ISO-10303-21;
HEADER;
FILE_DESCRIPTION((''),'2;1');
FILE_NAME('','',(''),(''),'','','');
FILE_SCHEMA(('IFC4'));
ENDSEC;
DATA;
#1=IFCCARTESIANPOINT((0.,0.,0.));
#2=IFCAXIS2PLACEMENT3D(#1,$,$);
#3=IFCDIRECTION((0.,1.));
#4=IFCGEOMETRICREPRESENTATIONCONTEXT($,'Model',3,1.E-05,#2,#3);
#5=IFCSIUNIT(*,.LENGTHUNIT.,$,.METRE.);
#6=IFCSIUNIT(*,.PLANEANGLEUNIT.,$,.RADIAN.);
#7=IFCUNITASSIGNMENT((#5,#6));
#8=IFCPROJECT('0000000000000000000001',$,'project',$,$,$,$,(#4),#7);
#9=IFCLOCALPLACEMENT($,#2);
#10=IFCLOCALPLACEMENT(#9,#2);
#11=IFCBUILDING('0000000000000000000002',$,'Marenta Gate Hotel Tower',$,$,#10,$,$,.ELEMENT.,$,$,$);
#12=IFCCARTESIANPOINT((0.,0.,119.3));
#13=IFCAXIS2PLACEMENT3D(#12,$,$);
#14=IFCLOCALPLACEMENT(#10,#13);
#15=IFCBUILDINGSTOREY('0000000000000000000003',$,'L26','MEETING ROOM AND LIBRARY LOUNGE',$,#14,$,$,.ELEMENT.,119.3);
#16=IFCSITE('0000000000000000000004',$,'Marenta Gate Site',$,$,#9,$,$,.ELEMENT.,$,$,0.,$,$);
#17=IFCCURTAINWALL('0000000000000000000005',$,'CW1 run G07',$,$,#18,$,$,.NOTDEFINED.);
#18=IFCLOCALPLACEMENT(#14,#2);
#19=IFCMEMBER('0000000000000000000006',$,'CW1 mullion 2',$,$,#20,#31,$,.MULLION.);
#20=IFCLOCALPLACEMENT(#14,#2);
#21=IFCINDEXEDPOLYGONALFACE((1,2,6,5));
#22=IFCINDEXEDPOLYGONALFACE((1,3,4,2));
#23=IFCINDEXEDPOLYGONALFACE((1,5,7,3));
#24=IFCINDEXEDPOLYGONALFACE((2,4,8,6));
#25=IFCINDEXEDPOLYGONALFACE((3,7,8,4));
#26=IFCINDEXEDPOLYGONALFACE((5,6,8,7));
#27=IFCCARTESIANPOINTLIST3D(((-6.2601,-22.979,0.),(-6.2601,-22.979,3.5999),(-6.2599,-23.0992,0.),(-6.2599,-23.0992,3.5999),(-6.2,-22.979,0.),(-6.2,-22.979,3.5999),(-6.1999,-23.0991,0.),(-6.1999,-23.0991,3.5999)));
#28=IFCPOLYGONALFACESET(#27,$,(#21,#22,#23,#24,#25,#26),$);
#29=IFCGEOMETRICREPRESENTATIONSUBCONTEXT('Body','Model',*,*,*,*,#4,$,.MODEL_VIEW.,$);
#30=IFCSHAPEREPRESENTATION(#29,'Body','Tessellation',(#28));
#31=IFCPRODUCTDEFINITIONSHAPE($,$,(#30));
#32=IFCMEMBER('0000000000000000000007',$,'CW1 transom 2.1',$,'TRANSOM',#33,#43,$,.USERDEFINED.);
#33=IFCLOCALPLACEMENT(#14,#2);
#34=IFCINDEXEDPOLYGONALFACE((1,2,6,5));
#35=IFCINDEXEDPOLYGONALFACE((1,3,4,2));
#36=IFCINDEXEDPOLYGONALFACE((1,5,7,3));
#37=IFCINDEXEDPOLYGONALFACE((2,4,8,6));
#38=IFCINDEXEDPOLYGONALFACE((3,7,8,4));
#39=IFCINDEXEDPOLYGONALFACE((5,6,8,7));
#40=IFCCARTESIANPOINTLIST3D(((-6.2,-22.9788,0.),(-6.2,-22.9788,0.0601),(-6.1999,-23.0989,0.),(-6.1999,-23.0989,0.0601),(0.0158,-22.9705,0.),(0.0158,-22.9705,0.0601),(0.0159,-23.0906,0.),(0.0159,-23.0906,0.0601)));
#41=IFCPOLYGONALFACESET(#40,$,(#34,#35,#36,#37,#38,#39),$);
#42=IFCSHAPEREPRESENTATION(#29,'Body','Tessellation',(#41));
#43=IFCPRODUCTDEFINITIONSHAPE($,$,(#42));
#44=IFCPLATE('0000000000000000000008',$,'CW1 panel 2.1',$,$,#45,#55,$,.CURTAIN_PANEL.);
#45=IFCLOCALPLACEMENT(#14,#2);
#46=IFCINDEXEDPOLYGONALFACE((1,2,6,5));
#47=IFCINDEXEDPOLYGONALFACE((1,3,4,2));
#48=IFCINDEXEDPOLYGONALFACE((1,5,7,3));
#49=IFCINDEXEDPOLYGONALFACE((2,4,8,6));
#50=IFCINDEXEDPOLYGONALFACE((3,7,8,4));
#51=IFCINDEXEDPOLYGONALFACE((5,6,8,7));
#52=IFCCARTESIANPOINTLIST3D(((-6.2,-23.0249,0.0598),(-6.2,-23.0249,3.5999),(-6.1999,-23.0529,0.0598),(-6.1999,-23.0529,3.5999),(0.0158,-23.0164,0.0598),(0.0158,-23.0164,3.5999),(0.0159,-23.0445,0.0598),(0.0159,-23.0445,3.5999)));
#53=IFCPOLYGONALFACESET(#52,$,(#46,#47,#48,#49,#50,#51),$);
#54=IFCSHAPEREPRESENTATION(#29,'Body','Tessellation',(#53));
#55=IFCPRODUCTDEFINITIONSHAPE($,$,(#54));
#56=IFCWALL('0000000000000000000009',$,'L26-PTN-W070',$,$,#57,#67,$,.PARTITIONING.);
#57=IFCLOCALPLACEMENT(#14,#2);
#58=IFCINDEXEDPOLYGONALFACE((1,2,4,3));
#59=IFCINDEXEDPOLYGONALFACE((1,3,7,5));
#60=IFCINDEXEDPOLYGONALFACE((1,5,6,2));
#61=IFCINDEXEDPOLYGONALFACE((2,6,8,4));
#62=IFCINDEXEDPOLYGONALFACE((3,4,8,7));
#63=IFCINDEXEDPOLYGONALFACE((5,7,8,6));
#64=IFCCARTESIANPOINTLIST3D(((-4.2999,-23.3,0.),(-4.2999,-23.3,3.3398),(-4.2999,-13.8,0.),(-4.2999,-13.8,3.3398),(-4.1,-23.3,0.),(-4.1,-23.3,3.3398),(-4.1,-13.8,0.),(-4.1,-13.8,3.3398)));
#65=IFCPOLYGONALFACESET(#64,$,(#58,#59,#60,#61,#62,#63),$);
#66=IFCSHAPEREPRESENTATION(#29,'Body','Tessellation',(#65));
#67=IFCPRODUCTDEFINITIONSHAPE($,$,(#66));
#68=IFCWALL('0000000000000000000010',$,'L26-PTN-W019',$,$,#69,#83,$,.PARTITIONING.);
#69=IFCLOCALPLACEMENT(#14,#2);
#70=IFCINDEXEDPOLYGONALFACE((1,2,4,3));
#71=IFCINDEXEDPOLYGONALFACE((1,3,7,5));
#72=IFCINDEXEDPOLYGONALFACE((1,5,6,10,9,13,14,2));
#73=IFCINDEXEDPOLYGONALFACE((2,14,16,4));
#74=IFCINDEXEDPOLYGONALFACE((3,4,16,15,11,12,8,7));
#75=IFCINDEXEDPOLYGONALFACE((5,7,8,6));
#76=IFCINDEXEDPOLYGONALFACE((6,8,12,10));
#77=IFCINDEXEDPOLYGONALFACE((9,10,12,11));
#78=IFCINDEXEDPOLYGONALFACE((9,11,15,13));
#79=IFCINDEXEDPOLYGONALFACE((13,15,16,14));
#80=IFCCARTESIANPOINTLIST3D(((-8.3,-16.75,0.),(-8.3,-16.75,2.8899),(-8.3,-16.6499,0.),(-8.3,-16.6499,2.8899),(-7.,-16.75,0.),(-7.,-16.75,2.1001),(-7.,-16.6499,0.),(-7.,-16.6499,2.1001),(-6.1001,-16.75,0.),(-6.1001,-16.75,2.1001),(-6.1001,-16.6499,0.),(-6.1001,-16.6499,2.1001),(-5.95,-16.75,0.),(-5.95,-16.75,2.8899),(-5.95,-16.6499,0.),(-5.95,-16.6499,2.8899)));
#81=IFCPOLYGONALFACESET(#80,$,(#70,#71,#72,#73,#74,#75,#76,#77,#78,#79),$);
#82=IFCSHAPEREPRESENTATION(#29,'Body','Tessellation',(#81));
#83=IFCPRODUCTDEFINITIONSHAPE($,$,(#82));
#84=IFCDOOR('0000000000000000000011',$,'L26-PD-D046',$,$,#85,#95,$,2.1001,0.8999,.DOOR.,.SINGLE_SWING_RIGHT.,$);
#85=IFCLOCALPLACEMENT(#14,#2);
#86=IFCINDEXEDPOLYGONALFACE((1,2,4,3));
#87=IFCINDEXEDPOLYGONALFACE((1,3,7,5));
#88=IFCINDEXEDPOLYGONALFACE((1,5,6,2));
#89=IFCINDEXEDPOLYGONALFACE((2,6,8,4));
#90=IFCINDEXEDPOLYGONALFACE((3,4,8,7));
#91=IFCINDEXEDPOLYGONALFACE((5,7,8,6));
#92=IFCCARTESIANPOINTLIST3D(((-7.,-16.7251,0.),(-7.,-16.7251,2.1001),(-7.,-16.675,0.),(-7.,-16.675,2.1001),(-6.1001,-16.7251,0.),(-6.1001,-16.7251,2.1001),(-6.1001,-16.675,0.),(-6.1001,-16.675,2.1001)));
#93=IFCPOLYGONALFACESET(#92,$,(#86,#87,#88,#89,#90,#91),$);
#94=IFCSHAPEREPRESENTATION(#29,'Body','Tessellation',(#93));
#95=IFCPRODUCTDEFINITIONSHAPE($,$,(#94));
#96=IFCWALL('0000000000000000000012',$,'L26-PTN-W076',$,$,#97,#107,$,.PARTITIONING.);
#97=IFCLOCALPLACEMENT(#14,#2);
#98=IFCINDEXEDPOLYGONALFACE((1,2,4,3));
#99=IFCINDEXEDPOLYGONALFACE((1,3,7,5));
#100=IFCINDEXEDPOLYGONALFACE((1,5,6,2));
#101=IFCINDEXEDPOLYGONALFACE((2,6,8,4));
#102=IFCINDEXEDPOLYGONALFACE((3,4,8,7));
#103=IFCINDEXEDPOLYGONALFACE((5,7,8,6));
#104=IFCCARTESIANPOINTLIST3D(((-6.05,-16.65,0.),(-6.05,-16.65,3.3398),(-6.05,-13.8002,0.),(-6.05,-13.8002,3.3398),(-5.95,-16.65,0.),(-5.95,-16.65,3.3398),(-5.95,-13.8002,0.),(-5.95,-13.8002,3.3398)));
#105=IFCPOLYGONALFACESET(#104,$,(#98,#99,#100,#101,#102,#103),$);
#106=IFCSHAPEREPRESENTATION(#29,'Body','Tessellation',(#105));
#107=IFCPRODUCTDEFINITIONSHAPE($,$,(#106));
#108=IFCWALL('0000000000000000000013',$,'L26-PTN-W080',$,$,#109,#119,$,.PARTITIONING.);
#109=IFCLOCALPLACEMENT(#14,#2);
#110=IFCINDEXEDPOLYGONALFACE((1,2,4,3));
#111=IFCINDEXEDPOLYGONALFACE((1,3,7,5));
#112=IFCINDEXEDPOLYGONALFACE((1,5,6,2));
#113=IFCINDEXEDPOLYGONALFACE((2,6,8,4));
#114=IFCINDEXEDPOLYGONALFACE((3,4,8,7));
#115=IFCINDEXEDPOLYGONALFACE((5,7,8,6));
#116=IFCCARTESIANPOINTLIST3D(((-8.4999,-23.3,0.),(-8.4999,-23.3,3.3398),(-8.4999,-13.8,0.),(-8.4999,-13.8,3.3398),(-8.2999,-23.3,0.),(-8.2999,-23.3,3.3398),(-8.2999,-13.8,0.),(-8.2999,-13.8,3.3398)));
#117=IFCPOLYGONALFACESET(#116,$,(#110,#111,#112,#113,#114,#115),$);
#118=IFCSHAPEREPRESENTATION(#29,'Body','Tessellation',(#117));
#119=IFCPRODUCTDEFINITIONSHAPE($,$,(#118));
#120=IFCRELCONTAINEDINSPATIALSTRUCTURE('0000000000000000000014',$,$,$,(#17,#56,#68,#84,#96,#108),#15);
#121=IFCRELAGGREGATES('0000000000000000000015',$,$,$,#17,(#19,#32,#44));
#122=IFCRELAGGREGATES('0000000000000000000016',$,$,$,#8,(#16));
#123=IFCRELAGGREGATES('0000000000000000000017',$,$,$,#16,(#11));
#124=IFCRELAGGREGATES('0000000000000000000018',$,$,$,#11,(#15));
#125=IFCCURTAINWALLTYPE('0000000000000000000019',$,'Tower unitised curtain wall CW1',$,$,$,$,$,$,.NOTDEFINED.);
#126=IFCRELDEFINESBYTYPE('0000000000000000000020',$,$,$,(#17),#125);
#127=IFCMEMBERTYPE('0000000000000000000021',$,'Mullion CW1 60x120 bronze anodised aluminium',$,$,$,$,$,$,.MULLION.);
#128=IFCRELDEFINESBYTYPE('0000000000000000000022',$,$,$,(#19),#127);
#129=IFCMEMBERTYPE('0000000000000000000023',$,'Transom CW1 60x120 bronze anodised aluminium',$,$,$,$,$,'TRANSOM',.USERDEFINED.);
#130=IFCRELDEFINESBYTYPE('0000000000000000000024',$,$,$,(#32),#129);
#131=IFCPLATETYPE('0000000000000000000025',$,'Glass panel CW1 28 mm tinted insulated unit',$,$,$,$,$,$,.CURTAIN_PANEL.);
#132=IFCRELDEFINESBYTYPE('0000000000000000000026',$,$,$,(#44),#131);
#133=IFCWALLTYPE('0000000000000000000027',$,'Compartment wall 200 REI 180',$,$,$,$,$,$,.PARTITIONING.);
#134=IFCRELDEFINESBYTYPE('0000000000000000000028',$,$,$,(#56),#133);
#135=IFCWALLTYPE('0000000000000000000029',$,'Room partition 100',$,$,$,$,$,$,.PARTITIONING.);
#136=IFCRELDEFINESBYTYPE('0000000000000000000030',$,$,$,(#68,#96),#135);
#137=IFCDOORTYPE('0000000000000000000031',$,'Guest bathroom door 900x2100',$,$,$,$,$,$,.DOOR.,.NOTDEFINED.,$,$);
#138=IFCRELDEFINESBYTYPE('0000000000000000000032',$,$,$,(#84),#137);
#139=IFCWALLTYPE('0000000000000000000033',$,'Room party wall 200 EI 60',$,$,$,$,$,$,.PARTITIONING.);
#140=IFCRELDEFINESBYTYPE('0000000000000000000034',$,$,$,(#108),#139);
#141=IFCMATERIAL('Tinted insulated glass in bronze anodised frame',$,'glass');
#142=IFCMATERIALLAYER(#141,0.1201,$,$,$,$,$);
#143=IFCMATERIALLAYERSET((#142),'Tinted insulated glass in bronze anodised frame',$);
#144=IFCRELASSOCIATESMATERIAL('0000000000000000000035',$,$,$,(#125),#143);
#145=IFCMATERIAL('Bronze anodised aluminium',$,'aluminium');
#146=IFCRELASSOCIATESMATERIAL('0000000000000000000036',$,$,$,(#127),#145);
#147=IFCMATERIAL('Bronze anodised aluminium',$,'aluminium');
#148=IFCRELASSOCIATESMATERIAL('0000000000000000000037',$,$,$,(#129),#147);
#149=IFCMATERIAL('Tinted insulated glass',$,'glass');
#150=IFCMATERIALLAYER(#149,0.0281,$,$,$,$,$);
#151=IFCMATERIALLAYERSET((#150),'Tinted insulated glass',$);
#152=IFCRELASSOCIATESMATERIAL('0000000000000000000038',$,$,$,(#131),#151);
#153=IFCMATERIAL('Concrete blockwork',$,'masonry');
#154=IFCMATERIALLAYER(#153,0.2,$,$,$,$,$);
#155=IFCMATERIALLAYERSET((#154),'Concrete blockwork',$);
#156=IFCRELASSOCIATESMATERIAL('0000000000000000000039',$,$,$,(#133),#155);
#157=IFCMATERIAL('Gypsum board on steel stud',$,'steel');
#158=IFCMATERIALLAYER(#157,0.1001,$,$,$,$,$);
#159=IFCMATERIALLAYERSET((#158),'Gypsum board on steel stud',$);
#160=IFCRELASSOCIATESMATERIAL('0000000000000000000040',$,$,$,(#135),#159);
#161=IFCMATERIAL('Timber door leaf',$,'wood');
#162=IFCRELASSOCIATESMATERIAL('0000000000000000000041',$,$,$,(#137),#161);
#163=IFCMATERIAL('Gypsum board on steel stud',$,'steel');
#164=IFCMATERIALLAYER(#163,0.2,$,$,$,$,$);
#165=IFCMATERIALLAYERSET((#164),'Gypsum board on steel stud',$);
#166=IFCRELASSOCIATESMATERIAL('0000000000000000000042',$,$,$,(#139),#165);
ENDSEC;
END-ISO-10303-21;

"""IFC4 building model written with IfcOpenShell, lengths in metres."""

from ifc_helpers import new_model, si_unit, direction, frame, frame_2d, origin, origin_2d, place, context, subcontext, project, spatial, rectangle, extrude, material, layer, layer_set, material_profile, profile_set, type_object, element, fill, aggregate, save


model = new_model("IFC4")

# Units and contexts
model_context = context("Model", 3, precision=1e-05, world=origin(), true_north=direction((0.0, 1.0)))
body_context = subcontext(model_context, "Body", "Model", "MODEL_VIEW")
ifc_project = project(units=[si_unit("LENGTHUNIT", "METRE"), si_unit("PLANEANGLEUNIT", "RADIAN")], contexts=[model_context])

# Site, building, storey
site_placement = place(None, origin())
site = spatial("IfcSite", under=ifc_project, at=site_placement, Name="Marenta Gate Site", CompositionType="ELEMENT", RefElevation=0.0)
building_placement = place(site_placement, origin())
building = spatial("IfcBuilding", under=site, at=building_placement, Name="Marenta Gate Hotel Tower", CompositionType="ELEMENT")
storey_placement = place(building_placement, frame((0.0, 0.0, 119.3)))
storey = spatial("IfcBuildingStorey", under=building, at=storey_placement, Name="L26", Description="MEETING ROOM AND LIBRARY LOUNGE", CompositionType="ELEMENT", Elevation=119.3)

# Curtain wall, members, plate
ifc_material_1 = material(Name="Tinted insulated glass in bronze anodised frame", Category="glass")
ifc_layer_1 = layer(ifc_material_1, 0.1201)
ifc_layer_set_1 = layer_set([ifc_layer_1], Name="Tinted insulated glass in bronze anodised frame")
curtain_wall_type = type_object("IfcCurtainWallType", Name="Tower unitised curtain wall CW1", PredefinedType="NOTDEFINED", material=ifc_layer_set_1)
curtain_wall_placement = place(storey_placement, origin())
curtain_wall = element("IfcCurtainWall", 1, at=curtain_wall_placement, inside=storey, type_object=curtain_wall_type, Name="CW1 run G07", PredefinedType="NOTDEFINED")
ifc_material_2 = material(Name="Bronze anodised aluminium", Category="aluminium")
ifc_material_profile_1 = material_profile(ifc_material_2, rectangle(XDim=0.1201, YDim=0.0601, at=origin_2d()), Name="Mullion CW1 60x120 bronze anodised aluminium")
ifc_profile_set_1 = profile_set([ifc_material_profile_1], Name="Bronze anodised aluminium")
member_type_1 = type_object("IfcMemberType", Name="Mullion CW1 60x120 bronze anodised aluminium", PredefinedType="MULLION", material=ifc_profile_set_1)
member_1_placement = place(storey_placement, frame((-6.23, -23.0391, 0.0), z_axis=(0.0, 0.0, 1.0), x_axis=(-0.001362, 0.999999, 0.0)))
member_1 = element("IfcMember", 2, at=member_1_placement, type_object=member_type_1, Name="CW1 mullion 2", PredefinedType="MULLION", context=body_context, shape_type="SweptSolid", body=[
    extrude(rectangle(XDim=0.1201, YDim=0.0601, at=origin_2d()), origin(), (0.0, 0.0, 1.0), 3.5999),
])
ifc_material_3 = material(Name="Bronze anodised aluminium", Category="aluminium")
ifc_material_profile_2 = material_profile(ifc_material_3, rectangle(XDim=0.1201, YDim=0.0601, at=origin_2d()), Name="Transom CW1 60x120 bronze anodised aluminium")
ifc_profile_set_2 = profile_set([ifc_material_profile_2], Name="Bronze anodised aluminium")
member_type_2 = type_object("IfcMemberType", Name="Transom CW1 60x120 bronze anodised aluminium", ElementType="TRANSOM", PredefinedType="USERDEFINED", material=ifc_profile_set_2)
member_2_placement = place(storey_placement, frame((-6.2, -23.0388, 0.03), z_axis=(0.999999, 0.001335, 0.0), x_axis=(-0.001335, 0.999999, 0.0)))
member_2 = element("IfcMember", 3, at=member_2_placement, type_object=member_type_2, Name="CW1 transom 2.1", ObjectType="TRANSOM", PredefinedType="USERDEFINED", context=body_context, shape_type="SweptSolid", body=[
    extrude(rectangle(XDim=0.1201, YDim=0.0601, at=origin_2d()), origin(), (0.0, 0.0, 1.0), 6.2158),
])
ifc_material_4 = material(Name="Tinted insulated glass", Category="glass")
ifc_layer_2 = layer(ifc_material_4, 0.0281)
ifc_layer_set_2 = layer_set([ifc_layer_2], Name="Tinted insulated glass")
plate_type = type_object("IfcPlateType", Name="Glass panel CW1 28 mm tinted insulated unit", PredefinedType="CURTAIN_PANEL", material=ifc_layer_set_2)
plate_placement = place(storey_placement, frame((-3.092, -23.0347, 0.0598), z_axis=(0.0, 0.0, 1.0), x_axis=(0.999999, 0.001362, 0.0)))
plate = element("IfcPlate", 4, at=plate_placement, type_object=plate_type, Name="CW1 panel 2.1", PredefinedType="CURTAIN_PANEL", context=body_context, shape_type="SweptSolid", body=[
    extrude(rectangle(XDim=6.2158, YDim=0.0281, at=origin_2d()), origin(), (0.0, 0.0, 1.0), 3.54),
])
aggregate(curtain_wall, [member_1, member_2, plate])

# Wall
ifc_material_5 = material(Name="Concrete blockwork", Category="masonry")
ifc_layer_3 = layer(ifc_material_5, 0.2)
ifc_layer_set_3 = layer_set([ifc_layer_3], Name="Concrete blockwork")
wall_type_1 = type_object("IfcWallType", Name="Compartment wall 200 REI 180", PredefinedType="PARTITIONING", material=ifc_layer_set_3)
wall_1_placement = place(storey_placement, frame((-4.2, -23.3, 0.0), z_axis=(0.0, 0.0, 1.0), x_axis=(0.0, 1.0, 0.0)))
element("IfcWall", 5, at=wall_1_placement, inside=storey, type_object=wall_type_1, Name="L26-PTN-W070", PredefinedType="PARTITIONING", context=body_context, shape_type="SweptSolid", body=[
    extrude(rectangle(XDim=9.5, YDim=0.2, at=frame_2d((4.75, 0.0))), origin(), (0.0, 0.0, 1.0), 3.3398),
])

# Wall, opening, door
ifc_material_6 = material(Name="Gypsum board on steel stud", Category="steel")
ifc_layer_4 = layer(ifc_material_6, 0.1001)
ifc_layer_set_4 = layer_set([ifc_layer_4], Name="Gypsum board on steel stud")
wall_type_2 = type_object("IfcWallType", Name="Room partition 100", PredefinedType="PARTITIONING", material=ifc_layer_set_4)
wall_2_placement = place(storey_placement, frame((-8.3, -16.7, 0.0), z_axis=(0.0, 0.0, 1.0), x_axis=(1.0, 0.0, 0.0)))
wall_2 = element("IfcWall", 6, at=wall_2_placement, inside=storey, type_object=wall_type_2, Name="L26-PTN-W019", PredefinedType="PARTITIONING", context=body_context, shape_type="SweptSolid", body=[
    extrude(rectangle(XDim=2.3501, YDim=0.1001, at=frame_2d((1.175, 0.0))), origin(), (0.0, 0.0, 1.0), 2.8899),
])
opening_1_placement = place(wall_2_placement, frame((1.3, 0.0, 0.0)))
opening_1 = element("IfcOpeningElement", 7, at=opening_1_placement, cuts=wall_2, PredefinedType="OPENING", context=body_context, shape_type="SweptSolid", body=[
    extrude(rectangle(XDim=0.8999, YDim=2.1001, at=frame_2d((0.45, 1.05))), frame((0.0, 0.05, 0.0), z_axis=(0.0, -1.0, 0.0), x_axis=(1.0, 0.0, 0.0)), (0.0, 0.0, 1.0), 0.1001),
])
ifc_material_7 = material(Name="Timber door leaf", Category="wood")
door_type_1 = type_object("IfcDoorType", Name="Guest bathroom door 900x2100", OperationType="NOTDEFINED", PredefinedType="DOOR", material=ifc_material_7)
door_1_placement = place(opening_1_placement, origin())
door_1 = element("IfcDoor", 8, at=door_1_placement, inside=storey, type_object=door_type_1, Name="L26-PD-D046", OperationType="SINGLE_SWING_RIGHT", OverallHeight=2.1001, OverallWidth=0.8999, PredefinedType="DOOR", context=body_context, shape_type="SweptSolid", body=[
    extrude(rectangle(XDim=0.8999, YDim=2.1001, at=frame_2d((0.45, 1.05))), frame((0.0, 0.0249, 0.0), z_axis=(0.0, -1.0, 0.0), x_axis=(1.0, 0.0, 0.0)), (0.0, 0.0, 1.0), 0.05),
])
fill(opening_1, door_1)

# Walls
wall_3_placement = place(storey_placement, frame((-6.0, -16.6499, 0.0), z_axis=(0.0, 0.0, 1.0), x_axis=(0.0, 1.0, 0.0)))
element("IfcWall", 9, at=wall_3_placement, inside=storey, type_object=wall_type_2, Name="L26-PTN-W076", PredefinedType="PARTITIONING", context=body_context, shape_type="SweptSolid", body=[
    extrude(rectangle(XDim=2.8499, YDim=0.1001, at=frame_2d((1.4248, 0.0))), origin(), (0.0, 0.0, 1.0), 3.3398),
])
ifc_material_8 = material(Name="Gypsum board on steel stud", Category="steel")
ifc_layer_5 = layer(ifc_material_8, 0.2)
ifc_layer_set_5 = layer_set([ifc_layer_5], Name="Gypsum board on steel stud")
wall_type_3 = type_object("IfcWallType", Name="Room party wall 200 EI 60", PredefinedType="PARTITIONING", material=ifc_layer_set_5)
wall_4_placement = place(storey_placement, frame((-8.3999, -23.3, 0.0), z_axis=(0.0, 0.0, 1.0), x_axis=(0.0, 1.0, 0.0)))
element("IfcWall", 10, at=wall_4_placement, inside=storey, type_object=wall_type_3, Name="L26-PTN-W080", PredefinedType="PARTITIONING", context=body_context, shape_type="SweptSolid", body=[
    extrude(rectangle(XDim=9.5, YDim=0.2, at=frame_2d((4.75, 0.0))), origin(), (0.0, 0.0, 1.0), 3.3398),
])

save(model, "model.ifc")
